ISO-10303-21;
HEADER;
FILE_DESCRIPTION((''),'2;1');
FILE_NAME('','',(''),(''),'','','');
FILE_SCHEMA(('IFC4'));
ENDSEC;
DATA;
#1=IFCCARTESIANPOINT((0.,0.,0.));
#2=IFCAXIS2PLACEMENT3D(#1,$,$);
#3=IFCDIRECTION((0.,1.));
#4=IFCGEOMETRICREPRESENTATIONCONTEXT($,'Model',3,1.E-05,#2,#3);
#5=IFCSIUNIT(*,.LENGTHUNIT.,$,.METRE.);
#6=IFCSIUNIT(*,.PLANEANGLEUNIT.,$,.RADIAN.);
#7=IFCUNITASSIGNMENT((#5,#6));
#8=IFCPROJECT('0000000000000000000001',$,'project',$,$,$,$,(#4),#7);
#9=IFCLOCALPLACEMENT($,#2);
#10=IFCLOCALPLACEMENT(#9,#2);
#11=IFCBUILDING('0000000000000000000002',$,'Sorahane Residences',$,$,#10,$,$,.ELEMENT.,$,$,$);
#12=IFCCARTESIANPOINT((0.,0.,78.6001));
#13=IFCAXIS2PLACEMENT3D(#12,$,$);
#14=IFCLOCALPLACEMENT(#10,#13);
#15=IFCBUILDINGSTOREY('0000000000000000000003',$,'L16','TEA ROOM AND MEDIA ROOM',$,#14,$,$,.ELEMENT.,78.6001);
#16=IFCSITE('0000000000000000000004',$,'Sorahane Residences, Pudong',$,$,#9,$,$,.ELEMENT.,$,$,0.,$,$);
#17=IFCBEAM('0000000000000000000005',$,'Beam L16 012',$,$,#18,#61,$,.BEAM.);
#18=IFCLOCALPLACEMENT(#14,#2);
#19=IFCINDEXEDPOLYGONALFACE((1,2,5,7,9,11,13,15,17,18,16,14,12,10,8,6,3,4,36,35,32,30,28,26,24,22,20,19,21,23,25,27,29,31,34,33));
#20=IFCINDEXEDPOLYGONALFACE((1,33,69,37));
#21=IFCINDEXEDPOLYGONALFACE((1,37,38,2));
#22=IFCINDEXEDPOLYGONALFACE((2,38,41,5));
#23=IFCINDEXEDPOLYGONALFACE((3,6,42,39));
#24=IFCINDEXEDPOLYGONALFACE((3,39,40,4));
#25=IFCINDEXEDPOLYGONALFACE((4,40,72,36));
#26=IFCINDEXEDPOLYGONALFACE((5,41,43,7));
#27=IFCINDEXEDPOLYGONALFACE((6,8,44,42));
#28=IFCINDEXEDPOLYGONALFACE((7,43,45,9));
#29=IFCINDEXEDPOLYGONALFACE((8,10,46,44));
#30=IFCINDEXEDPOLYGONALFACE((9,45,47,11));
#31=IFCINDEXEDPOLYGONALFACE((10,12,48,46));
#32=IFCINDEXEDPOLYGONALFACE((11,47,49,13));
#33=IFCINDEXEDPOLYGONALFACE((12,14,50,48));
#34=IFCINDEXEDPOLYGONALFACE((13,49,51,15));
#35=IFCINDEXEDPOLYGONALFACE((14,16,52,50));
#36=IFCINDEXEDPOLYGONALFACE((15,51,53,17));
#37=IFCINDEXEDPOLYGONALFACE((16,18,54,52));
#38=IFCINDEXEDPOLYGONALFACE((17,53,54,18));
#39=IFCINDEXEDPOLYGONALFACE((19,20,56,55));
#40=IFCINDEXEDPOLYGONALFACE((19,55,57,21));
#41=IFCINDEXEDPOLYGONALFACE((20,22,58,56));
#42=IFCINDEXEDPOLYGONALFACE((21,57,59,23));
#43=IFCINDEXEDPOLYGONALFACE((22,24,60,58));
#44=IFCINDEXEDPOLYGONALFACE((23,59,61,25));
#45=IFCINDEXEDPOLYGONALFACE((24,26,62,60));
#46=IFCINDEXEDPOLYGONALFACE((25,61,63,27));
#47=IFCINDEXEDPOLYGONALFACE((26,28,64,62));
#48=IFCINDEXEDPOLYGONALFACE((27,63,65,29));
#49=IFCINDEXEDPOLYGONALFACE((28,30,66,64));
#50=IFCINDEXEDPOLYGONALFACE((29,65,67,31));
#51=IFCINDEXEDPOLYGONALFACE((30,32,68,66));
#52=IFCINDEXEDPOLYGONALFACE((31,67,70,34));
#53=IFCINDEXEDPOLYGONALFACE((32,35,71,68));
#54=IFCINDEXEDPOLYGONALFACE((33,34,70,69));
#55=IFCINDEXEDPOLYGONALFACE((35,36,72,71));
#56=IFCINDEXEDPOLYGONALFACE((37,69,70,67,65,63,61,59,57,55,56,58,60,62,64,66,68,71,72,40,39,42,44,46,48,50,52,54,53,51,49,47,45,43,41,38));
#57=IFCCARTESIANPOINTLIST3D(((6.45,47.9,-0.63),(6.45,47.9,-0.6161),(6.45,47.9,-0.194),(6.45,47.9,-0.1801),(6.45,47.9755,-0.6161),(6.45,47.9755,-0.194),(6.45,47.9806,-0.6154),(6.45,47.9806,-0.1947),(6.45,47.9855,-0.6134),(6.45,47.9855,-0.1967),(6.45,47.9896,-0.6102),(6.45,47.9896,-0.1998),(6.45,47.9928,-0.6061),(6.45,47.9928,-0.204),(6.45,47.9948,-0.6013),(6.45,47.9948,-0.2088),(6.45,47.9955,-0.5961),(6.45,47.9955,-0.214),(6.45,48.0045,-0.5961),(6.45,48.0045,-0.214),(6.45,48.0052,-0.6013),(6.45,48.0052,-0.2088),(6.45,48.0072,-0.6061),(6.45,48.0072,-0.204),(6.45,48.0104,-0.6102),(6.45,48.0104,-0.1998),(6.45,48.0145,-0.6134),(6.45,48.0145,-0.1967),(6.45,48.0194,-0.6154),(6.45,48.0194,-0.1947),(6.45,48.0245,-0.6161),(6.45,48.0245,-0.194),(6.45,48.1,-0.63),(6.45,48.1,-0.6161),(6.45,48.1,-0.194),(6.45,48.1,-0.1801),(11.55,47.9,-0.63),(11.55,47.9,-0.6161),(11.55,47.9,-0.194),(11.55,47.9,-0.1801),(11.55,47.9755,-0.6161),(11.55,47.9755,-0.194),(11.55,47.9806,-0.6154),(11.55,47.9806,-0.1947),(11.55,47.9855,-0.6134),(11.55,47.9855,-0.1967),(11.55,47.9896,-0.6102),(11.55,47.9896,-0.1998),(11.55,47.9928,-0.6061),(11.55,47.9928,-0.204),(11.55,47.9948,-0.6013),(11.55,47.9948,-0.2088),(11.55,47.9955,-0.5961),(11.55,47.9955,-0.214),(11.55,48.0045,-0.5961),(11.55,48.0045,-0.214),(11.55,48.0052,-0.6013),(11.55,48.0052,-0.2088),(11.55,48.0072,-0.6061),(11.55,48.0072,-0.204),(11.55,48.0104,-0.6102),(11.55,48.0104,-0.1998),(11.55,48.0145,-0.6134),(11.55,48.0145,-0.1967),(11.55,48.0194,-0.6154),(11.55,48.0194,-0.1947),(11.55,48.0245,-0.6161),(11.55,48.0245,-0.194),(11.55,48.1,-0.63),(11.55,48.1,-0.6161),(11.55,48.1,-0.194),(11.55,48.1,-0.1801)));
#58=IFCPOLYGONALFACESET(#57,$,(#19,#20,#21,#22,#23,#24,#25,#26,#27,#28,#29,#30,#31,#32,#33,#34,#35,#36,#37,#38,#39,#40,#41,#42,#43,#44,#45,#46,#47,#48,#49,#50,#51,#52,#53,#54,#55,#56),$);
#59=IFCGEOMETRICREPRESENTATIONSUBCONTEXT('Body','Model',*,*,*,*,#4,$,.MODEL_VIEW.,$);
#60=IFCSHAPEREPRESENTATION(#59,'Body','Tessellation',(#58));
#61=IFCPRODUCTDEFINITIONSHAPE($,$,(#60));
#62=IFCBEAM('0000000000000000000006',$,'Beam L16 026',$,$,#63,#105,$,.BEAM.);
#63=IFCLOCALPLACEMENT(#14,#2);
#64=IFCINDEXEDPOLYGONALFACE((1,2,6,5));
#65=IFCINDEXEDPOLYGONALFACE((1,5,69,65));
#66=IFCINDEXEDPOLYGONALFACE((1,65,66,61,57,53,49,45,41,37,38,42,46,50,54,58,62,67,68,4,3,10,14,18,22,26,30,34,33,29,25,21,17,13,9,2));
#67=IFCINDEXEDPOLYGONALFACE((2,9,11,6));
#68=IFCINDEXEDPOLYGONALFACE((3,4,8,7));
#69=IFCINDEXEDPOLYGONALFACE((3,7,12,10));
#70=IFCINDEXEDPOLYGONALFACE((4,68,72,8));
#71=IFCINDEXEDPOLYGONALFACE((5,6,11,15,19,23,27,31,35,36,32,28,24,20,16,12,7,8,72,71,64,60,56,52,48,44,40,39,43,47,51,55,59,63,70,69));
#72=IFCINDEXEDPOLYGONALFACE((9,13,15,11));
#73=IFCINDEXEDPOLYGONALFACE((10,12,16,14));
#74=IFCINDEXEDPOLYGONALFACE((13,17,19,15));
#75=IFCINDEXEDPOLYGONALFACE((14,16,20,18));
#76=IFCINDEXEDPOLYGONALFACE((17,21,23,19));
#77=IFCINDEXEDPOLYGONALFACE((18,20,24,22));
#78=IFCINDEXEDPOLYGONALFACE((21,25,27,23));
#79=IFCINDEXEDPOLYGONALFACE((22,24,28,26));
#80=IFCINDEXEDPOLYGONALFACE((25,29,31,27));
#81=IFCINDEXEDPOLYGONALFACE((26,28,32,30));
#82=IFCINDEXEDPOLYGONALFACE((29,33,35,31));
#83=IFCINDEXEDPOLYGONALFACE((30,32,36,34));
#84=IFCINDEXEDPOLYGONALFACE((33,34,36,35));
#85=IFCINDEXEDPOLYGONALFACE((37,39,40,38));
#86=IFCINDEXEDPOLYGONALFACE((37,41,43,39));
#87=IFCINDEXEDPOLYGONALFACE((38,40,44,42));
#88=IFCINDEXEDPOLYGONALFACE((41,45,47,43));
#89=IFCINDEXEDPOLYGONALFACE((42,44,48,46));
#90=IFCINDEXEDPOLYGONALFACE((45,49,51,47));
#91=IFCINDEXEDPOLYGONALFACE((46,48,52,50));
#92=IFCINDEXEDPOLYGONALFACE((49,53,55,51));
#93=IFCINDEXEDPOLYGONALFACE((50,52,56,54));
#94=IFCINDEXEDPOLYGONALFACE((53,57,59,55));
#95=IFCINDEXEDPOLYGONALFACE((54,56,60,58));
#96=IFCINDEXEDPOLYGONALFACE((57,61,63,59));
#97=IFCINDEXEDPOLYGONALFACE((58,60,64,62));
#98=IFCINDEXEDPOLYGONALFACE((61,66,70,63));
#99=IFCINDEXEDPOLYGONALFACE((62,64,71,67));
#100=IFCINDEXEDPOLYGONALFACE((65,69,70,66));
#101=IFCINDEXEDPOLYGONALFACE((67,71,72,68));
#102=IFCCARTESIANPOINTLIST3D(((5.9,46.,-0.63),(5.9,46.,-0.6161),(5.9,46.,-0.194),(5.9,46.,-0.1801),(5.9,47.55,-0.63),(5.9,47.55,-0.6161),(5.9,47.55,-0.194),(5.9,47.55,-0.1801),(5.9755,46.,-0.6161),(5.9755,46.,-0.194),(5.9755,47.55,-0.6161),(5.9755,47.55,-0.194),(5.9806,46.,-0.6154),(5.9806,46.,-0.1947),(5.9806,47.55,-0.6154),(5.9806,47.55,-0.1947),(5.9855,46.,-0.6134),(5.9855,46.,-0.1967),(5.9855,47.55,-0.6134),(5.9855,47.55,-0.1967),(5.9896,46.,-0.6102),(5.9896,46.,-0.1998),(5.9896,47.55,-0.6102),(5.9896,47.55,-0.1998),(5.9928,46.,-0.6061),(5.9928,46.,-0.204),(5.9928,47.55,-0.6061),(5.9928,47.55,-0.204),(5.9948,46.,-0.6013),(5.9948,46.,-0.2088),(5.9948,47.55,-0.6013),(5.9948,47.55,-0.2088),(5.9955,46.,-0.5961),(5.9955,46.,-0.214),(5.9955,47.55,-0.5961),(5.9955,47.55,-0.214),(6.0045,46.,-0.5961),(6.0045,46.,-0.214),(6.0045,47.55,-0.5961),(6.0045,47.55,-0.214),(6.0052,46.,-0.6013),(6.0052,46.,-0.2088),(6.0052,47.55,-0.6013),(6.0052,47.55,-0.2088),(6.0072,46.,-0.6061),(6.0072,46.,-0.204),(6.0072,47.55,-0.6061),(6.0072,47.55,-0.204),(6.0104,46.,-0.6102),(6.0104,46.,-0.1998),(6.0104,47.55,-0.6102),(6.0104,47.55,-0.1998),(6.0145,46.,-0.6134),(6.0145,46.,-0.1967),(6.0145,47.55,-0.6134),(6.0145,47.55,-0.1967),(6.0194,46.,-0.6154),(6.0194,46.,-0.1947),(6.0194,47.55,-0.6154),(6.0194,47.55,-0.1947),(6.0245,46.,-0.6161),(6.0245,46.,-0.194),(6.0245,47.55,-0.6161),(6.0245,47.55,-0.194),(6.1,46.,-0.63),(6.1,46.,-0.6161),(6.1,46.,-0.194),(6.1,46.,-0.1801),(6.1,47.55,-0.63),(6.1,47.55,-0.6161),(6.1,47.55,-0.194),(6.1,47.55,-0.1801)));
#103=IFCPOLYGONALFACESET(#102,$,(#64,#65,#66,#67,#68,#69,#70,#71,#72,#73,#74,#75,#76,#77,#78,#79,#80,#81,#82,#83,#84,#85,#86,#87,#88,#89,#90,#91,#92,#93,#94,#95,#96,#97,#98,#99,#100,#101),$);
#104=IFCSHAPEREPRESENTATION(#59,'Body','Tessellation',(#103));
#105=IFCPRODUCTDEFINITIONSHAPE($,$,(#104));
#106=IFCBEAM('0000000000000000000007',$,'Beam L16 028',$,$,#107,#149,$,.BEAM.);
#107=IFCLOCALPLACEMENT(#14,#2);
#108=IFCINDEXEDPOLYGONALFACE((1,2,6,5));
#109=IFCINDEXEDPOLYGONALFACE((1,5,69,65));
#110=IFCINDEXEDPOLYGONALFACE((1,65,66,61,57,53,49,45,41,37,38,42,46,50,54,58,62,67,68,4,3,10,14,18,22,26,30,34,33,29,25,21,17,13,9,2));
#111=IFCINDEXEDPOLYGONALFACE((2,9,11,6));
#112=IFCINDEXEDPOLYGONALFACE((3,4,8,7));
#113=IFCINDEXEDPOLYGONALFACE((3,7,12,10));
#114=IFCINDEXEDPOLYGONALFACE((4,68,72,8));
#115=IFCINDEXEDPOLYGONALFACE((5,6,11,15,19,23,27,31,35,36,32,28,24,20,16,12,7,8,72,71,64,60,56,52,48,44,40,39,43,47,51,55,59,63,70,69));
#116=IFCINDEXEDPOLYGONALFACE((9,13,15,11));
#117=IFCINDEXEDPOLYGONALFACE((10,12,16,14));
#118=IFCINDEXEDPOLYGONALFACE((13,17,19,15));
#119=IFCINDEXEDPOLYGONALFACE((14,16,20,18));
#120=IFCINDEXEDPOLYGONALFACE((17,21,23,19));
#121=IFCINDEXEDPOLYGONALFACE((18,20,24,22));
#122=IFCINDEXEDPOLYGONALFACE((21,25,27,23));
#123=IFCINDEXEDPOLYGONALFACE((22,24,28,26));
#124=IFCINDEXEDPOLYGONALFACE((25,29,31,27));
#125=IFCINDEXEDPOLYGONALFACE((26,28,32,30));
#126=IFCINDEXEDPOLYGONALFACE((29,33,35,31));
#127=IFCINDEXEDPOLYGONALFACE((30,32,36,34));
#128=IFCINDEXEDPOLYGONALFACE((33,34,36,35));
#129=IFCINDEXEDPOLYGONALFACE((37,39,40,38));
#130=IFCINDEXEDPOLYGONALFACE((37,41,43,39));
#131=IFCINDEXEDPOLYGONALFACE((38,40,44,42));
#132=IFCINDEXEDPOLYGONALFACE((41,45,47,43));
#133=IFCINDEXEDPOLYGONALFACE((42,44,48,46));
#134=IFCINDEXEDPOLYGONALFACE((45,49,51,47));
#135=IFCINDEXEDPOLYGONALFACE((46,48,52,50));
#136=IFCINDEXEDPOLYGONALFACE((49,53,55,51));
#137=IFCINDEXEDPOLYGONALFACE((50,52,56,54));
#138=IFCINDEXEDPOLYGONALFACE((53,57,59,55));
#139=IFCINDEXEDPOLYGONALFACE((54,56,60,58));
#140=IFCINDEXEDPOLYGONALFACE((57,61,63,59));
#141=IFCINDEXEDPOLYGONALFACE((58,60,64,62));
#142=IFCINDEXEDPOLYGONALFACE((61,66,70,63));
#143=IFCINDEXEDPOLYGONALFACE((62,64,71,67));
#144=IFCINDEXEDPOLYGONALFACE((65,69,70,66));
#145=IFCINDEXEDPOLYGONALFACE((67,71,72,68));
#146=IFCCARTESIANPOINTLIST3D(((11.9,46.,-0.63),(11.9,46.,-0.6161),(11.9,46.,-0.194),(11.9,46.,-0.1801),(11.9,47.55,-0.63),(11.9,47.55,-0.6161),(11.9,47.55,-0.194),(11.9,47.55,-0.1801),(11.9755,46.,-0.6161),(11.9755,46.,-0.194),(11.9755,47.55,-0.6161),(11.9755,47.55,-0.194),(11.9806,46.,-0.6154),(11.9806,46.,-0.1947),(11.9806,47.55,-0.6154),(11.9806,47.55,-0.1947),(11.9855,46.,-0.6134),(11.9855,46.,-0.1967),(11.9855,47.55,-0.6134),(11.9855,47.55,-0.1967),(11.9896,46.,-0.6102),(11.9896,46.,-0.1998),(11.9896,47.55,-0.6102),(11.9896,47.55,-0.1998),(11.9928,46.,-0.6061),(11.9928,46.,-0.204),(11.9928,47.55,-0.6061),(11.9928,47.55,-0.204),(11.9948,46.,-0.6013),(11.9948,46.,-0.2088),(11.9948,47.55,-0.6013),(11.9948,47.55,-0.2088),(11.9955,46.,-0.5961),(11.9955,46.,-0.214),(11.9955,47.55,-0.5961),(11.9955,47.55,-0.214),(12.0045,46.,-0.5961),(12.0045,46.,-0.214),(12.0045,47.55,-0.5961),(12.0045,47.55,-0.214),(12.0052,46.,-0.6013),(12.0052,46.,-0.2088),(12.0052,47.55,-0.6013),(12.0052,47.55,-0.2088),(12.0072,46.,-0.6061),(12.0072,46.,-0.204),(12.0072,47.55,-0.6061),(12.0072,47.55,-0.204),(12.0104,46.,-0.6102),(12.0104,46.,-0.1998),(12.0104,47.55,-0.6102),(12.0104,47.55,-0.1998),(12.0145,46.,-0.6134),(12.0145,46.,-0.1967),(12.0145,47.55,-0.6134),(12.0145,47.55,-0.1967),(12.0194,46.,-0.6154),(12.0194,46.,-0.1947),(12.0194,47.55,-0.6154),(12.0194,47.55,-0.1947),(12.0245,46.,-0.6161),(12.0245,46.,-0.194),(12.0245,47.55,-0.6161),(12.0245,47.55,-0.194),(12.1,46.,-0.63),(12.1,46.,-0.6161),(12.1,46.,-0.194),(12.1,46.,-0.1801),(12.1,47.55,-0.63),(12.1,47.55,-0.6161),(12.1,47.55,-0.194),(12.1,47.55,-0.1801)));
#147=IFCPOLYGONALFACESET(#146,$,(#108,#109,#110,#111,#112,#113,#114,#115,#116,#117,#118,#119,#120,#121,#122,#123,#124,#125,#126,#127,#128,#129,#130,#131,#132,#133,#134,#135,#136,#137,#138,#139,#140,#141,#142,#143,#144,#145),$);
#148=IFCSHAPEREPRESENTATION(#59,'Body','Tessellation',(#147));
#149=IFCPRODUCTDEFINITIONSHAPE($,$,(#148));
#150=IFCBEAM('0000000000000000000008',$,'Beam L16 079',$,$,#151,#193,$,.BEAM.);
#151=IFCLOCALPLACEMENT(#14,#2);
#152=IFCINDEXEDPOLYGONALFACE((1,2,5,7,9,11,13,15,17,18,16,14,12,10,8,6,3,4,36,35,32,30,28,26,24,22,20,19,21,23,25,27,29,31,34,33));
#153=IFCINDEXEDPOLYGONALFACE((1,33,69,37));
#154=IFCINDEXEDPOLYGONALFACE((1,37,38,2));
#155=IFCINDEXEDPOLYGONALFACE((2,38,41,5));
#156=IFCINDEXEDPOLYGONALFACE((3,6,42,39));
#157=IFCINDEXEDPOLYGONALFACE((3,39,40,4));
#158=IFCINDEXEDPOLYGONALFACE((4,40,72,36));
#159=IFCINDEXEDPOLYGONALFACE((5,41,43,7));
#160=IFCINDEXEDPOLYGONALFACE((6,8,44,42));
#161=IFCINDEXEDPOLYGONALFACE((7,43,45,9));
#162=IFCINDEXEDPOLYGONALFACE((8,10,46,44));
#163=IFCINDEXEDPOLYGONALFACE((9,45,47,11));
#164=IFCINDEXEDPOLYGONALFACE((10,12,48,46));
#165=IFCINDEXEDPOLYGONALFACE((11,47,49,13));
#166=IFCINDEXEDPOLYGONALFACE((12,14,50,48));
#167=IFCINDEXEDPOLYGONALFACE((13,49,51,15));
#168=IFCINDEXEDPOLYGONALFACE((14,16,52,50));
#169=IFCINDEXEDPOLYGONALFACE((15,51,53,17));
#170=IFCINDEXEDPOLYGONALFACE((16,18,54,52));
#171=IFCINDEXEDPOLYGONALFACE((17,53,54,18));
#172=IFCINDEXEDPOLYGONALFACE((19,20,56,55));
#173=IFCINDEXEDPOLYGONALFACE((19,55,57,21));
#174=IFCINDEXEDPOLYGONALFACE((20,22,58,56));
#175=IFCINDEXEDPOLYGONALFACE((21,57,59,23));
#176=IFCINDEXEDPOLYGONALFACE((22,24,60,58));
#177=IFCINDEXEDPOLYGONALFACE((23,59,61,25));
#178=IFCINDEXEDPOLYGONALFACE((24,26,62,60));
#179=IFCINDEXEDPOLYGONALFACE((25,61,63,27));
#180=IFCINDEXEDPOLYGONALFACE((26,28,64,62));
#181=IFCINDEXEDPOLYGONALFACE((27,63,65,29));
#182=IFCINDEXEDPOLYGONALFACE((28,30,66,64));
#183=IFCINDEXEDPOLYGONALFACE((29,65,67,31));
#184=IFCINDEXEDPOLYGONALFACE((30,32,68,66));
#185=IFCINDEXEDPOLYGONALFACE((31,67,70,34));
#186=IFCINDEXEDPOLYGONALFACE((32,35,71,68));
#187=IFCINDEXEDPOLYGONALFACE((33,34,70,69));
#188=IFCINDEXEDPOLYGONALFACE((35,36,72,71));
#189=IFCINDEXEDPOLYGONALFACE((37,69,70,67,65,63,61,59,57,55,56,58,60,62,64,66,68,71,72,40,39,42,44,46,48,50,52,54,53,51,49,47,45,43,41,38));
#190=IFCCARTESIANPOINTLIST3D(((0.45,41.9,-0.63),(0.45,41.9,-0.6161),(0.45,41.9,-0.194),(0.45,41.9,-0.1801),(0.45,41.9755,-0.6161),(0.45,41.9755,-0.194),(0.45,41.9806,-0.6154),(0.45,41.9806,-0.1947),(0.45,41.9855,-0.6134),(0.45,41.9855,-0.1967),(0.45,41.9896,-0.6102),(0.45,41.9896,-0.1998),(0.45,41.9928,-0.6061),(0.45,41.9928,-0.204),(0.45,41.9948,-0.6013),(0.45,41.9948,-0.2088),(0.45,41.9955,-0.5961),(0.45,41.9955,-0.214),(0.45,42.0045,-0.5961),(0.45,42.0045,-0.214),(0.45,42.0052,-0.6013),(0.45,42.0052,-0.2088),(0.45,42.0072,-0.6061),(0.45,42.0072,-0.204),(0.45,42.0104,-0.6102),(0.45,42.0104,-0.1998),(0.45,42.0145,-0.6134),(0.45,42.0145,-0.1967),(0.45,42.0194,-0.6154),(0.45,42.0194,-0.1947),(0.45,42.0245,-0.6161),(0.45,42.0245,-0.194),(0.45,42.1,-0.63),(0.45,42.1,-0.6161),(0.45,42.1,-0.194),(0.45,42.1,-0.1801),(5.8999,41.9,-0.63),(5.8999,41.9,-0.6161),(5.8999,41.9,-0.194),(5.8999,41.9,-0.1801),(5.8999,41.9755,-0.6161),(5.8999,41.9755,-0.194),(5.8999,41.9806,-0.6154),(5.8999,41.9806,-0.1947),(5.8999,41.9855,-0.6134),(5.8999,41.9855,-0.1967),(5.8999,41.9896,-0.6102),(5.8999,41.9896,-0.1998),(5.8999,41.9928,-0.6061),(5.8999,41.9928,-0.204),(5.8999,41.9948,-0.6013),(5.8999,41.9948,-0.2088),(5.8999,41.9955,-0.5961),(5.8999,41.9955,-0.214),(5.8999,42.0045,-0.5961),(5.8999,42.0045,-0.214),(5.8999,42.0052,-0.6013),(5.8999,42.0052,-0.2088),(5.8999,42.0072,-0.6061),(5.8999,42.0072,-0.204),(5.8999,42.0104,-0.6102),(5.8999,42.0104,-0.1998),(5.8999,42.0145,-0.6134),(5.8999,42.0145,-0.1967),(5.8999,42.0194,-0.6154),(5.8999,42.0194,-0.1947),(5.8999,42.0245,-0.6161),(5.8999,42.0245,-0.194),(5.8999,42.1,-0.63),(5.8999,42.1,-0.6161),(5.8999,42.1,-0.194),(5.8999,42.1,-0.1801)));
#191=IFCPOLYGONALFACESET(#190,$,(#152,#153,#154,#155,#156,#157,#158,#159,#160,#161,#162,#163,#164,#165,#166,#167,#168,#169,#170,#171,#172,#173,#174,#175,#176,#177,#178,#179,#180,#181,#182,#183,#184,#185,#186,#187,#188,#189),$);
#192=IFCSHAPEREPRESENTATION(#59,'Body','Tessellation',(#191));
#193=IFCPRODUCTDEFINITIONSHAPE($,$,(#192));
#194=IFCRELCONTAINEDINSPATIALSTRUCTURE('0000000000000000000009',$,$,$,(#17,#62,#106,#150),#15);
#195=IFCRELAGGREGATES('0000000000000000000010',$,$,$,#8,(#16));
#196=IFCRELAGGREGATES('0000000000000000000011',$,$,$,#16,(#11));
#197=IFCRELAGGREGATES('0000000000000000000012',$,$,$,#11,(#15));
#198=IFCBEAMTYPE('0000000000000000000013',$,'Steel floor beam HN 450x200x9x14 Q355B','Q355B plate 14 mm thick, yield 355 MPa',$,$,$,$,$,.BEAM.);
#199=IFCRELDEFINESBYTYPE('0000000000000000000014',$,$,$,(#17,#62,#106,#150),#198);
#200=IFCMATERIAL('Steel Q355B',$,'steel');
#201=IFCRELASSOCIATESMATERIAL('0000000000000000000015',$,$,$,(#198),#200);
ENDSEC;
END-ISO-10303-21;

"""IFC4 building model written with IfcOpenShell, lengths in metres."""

from ifc_helpers import new_model, si_unit, direction, frame, origin, origin_2d, place, context, subcontext, project, spatial, i_section, extrude, material, material_profile, profile_set, type_object, element, save


model = new_model("IFC4")

# Units and contexts
model_context = context("Model", 3, precision=1e-05, world=origin(), true_north=direction((0.0, 1.0)))
body_context = subcontext(model_context, "Body", "Model", "MODEL_VIEW")
ifc_project = project(units=[si_unit("LENGTHUNIT", "METRE"), si_unit("PLANEANGLEUNIT", "RADIAN")], contexts=[model_context])

# Site, building, storey
site_placement = place(None, origin())
site = spatial("IfcSite", under=ifc_project, at=site_placement, Name="Sorahane Residences, Pudong", CompositionType="ELEMENT", RefElevation=0.0)
building_placement = place(site_placement, origin())
building = spatial("IfcBuilding", under=site, at=building_placement, Name="Sorahane Residences", CompositionType="ELEMENT")
storey_placement = place(building_placement, frame((0.0, 0.0, 78.6001)))
storey = spatial("IfcBuildingStorey", under=building, at=storey_placement, Name="L16", Description="TEA ROOM AND MEDIA ROOM", CompositionType="ELEMENT", Elevation=78.6001)

# Beams
ifc_material_1 = material(Name="Steel Q355B", Category="steel")
ifc_material_profile_1 = material_profile(ifc_material_1, i_section(OverallWidth=0.2, OverallDepth=0.45, WebThickness=0.009, FlangeThickness=0.0139, FilletRadius=0.02, at=origin_2d()), Name="HN 450x200x9x14")
ifc_profile_set_1 = profile_set([ifc_material_profile_1], Name="Steel Q355B")
beam_type_1 = type_object("IfcBeamType", Name="Steel floor beam HN 450x200x9x14 Q355B", Description="Q355B plate 14 mm thick, yield 355 MPa", PredefinedType="BEAM", material=ifc_profile_set_1)
beam_1_placement = place(storey_placement, frame((6.45, 48.0, -0.405), z_axis=(1.0, 0.0, 0.0), x_axis=(0.0, 1.0, 0.0)))
element("IfcBeam", 1, at=beam_1_placement, inside=storey, type_object=beam_type_1, Name="Beam L16 012", PredefinedType="BEAM", context=body_context, shape_type="SweptSolid", body=[
    extrude(i_section(OverallWidth=0.2, OverallDepth=0.45, WebThickness=0.009, FlangeThickness=0.0139, FilletRadius=0.02, at=origin_2d()), origin(), (0.0, 0.0, 1.0), 5.1001),
])
for number, where, z_axis, x_axis, name in (
    (2, (6.0, 46.0, -0.405), (0.0, 1.0, 0.0), (-1.0, 0.0, 0.0), "Beam L16 026"),
    (3, (12.0, 46.0, -0.405), (0.0, 1.0, 0.0), (-1.0, 0.0, 0.0), "Beam L16 028"),
):
    element("IfcBeam", number, at=place(storey_placement, frame(where, z_axis=z_axis, x_axis=x_axis)), inside=storey, type_object=beam_type_1, Name=name, PredefinedType="BEAM", context=body_context, shape_type="SweptSolid", body=[
        extrude(i_section(OverallWidth=0.2, OverallDepth=0.45, WebThickness=0.009, FlangeThickness=0.0139, FilletRadius=0.02, at=origin_2d()), origin(), (0.0, 0.0, 1.0), 1.55),
    ])
beam_2_placement = place(storey_placement, frame((0.45, 42.0, -0.405), z_axis=(1.0, 0.0, 0.0), x_axis=(0.0, 1.0, 0.0)))
element("IfcBeam", 4, at=beam_2_placement, inside=storey, type_object=beam_type_1, Name="Beam L16 079", PredefinedType="BEAM", context=body_context, shape_type="SweptSolid", body=[
    extrude(i_section(OverallWidth=0.2, OverallDepth=0.45, WebThickness=0.009, FlangeThickness=0.0139, FilletRadius=0.02, at=origin_2d()), origin(), (0.0, 0.0, 1.0), 5.45),
])

save(model, "model.ifc")
